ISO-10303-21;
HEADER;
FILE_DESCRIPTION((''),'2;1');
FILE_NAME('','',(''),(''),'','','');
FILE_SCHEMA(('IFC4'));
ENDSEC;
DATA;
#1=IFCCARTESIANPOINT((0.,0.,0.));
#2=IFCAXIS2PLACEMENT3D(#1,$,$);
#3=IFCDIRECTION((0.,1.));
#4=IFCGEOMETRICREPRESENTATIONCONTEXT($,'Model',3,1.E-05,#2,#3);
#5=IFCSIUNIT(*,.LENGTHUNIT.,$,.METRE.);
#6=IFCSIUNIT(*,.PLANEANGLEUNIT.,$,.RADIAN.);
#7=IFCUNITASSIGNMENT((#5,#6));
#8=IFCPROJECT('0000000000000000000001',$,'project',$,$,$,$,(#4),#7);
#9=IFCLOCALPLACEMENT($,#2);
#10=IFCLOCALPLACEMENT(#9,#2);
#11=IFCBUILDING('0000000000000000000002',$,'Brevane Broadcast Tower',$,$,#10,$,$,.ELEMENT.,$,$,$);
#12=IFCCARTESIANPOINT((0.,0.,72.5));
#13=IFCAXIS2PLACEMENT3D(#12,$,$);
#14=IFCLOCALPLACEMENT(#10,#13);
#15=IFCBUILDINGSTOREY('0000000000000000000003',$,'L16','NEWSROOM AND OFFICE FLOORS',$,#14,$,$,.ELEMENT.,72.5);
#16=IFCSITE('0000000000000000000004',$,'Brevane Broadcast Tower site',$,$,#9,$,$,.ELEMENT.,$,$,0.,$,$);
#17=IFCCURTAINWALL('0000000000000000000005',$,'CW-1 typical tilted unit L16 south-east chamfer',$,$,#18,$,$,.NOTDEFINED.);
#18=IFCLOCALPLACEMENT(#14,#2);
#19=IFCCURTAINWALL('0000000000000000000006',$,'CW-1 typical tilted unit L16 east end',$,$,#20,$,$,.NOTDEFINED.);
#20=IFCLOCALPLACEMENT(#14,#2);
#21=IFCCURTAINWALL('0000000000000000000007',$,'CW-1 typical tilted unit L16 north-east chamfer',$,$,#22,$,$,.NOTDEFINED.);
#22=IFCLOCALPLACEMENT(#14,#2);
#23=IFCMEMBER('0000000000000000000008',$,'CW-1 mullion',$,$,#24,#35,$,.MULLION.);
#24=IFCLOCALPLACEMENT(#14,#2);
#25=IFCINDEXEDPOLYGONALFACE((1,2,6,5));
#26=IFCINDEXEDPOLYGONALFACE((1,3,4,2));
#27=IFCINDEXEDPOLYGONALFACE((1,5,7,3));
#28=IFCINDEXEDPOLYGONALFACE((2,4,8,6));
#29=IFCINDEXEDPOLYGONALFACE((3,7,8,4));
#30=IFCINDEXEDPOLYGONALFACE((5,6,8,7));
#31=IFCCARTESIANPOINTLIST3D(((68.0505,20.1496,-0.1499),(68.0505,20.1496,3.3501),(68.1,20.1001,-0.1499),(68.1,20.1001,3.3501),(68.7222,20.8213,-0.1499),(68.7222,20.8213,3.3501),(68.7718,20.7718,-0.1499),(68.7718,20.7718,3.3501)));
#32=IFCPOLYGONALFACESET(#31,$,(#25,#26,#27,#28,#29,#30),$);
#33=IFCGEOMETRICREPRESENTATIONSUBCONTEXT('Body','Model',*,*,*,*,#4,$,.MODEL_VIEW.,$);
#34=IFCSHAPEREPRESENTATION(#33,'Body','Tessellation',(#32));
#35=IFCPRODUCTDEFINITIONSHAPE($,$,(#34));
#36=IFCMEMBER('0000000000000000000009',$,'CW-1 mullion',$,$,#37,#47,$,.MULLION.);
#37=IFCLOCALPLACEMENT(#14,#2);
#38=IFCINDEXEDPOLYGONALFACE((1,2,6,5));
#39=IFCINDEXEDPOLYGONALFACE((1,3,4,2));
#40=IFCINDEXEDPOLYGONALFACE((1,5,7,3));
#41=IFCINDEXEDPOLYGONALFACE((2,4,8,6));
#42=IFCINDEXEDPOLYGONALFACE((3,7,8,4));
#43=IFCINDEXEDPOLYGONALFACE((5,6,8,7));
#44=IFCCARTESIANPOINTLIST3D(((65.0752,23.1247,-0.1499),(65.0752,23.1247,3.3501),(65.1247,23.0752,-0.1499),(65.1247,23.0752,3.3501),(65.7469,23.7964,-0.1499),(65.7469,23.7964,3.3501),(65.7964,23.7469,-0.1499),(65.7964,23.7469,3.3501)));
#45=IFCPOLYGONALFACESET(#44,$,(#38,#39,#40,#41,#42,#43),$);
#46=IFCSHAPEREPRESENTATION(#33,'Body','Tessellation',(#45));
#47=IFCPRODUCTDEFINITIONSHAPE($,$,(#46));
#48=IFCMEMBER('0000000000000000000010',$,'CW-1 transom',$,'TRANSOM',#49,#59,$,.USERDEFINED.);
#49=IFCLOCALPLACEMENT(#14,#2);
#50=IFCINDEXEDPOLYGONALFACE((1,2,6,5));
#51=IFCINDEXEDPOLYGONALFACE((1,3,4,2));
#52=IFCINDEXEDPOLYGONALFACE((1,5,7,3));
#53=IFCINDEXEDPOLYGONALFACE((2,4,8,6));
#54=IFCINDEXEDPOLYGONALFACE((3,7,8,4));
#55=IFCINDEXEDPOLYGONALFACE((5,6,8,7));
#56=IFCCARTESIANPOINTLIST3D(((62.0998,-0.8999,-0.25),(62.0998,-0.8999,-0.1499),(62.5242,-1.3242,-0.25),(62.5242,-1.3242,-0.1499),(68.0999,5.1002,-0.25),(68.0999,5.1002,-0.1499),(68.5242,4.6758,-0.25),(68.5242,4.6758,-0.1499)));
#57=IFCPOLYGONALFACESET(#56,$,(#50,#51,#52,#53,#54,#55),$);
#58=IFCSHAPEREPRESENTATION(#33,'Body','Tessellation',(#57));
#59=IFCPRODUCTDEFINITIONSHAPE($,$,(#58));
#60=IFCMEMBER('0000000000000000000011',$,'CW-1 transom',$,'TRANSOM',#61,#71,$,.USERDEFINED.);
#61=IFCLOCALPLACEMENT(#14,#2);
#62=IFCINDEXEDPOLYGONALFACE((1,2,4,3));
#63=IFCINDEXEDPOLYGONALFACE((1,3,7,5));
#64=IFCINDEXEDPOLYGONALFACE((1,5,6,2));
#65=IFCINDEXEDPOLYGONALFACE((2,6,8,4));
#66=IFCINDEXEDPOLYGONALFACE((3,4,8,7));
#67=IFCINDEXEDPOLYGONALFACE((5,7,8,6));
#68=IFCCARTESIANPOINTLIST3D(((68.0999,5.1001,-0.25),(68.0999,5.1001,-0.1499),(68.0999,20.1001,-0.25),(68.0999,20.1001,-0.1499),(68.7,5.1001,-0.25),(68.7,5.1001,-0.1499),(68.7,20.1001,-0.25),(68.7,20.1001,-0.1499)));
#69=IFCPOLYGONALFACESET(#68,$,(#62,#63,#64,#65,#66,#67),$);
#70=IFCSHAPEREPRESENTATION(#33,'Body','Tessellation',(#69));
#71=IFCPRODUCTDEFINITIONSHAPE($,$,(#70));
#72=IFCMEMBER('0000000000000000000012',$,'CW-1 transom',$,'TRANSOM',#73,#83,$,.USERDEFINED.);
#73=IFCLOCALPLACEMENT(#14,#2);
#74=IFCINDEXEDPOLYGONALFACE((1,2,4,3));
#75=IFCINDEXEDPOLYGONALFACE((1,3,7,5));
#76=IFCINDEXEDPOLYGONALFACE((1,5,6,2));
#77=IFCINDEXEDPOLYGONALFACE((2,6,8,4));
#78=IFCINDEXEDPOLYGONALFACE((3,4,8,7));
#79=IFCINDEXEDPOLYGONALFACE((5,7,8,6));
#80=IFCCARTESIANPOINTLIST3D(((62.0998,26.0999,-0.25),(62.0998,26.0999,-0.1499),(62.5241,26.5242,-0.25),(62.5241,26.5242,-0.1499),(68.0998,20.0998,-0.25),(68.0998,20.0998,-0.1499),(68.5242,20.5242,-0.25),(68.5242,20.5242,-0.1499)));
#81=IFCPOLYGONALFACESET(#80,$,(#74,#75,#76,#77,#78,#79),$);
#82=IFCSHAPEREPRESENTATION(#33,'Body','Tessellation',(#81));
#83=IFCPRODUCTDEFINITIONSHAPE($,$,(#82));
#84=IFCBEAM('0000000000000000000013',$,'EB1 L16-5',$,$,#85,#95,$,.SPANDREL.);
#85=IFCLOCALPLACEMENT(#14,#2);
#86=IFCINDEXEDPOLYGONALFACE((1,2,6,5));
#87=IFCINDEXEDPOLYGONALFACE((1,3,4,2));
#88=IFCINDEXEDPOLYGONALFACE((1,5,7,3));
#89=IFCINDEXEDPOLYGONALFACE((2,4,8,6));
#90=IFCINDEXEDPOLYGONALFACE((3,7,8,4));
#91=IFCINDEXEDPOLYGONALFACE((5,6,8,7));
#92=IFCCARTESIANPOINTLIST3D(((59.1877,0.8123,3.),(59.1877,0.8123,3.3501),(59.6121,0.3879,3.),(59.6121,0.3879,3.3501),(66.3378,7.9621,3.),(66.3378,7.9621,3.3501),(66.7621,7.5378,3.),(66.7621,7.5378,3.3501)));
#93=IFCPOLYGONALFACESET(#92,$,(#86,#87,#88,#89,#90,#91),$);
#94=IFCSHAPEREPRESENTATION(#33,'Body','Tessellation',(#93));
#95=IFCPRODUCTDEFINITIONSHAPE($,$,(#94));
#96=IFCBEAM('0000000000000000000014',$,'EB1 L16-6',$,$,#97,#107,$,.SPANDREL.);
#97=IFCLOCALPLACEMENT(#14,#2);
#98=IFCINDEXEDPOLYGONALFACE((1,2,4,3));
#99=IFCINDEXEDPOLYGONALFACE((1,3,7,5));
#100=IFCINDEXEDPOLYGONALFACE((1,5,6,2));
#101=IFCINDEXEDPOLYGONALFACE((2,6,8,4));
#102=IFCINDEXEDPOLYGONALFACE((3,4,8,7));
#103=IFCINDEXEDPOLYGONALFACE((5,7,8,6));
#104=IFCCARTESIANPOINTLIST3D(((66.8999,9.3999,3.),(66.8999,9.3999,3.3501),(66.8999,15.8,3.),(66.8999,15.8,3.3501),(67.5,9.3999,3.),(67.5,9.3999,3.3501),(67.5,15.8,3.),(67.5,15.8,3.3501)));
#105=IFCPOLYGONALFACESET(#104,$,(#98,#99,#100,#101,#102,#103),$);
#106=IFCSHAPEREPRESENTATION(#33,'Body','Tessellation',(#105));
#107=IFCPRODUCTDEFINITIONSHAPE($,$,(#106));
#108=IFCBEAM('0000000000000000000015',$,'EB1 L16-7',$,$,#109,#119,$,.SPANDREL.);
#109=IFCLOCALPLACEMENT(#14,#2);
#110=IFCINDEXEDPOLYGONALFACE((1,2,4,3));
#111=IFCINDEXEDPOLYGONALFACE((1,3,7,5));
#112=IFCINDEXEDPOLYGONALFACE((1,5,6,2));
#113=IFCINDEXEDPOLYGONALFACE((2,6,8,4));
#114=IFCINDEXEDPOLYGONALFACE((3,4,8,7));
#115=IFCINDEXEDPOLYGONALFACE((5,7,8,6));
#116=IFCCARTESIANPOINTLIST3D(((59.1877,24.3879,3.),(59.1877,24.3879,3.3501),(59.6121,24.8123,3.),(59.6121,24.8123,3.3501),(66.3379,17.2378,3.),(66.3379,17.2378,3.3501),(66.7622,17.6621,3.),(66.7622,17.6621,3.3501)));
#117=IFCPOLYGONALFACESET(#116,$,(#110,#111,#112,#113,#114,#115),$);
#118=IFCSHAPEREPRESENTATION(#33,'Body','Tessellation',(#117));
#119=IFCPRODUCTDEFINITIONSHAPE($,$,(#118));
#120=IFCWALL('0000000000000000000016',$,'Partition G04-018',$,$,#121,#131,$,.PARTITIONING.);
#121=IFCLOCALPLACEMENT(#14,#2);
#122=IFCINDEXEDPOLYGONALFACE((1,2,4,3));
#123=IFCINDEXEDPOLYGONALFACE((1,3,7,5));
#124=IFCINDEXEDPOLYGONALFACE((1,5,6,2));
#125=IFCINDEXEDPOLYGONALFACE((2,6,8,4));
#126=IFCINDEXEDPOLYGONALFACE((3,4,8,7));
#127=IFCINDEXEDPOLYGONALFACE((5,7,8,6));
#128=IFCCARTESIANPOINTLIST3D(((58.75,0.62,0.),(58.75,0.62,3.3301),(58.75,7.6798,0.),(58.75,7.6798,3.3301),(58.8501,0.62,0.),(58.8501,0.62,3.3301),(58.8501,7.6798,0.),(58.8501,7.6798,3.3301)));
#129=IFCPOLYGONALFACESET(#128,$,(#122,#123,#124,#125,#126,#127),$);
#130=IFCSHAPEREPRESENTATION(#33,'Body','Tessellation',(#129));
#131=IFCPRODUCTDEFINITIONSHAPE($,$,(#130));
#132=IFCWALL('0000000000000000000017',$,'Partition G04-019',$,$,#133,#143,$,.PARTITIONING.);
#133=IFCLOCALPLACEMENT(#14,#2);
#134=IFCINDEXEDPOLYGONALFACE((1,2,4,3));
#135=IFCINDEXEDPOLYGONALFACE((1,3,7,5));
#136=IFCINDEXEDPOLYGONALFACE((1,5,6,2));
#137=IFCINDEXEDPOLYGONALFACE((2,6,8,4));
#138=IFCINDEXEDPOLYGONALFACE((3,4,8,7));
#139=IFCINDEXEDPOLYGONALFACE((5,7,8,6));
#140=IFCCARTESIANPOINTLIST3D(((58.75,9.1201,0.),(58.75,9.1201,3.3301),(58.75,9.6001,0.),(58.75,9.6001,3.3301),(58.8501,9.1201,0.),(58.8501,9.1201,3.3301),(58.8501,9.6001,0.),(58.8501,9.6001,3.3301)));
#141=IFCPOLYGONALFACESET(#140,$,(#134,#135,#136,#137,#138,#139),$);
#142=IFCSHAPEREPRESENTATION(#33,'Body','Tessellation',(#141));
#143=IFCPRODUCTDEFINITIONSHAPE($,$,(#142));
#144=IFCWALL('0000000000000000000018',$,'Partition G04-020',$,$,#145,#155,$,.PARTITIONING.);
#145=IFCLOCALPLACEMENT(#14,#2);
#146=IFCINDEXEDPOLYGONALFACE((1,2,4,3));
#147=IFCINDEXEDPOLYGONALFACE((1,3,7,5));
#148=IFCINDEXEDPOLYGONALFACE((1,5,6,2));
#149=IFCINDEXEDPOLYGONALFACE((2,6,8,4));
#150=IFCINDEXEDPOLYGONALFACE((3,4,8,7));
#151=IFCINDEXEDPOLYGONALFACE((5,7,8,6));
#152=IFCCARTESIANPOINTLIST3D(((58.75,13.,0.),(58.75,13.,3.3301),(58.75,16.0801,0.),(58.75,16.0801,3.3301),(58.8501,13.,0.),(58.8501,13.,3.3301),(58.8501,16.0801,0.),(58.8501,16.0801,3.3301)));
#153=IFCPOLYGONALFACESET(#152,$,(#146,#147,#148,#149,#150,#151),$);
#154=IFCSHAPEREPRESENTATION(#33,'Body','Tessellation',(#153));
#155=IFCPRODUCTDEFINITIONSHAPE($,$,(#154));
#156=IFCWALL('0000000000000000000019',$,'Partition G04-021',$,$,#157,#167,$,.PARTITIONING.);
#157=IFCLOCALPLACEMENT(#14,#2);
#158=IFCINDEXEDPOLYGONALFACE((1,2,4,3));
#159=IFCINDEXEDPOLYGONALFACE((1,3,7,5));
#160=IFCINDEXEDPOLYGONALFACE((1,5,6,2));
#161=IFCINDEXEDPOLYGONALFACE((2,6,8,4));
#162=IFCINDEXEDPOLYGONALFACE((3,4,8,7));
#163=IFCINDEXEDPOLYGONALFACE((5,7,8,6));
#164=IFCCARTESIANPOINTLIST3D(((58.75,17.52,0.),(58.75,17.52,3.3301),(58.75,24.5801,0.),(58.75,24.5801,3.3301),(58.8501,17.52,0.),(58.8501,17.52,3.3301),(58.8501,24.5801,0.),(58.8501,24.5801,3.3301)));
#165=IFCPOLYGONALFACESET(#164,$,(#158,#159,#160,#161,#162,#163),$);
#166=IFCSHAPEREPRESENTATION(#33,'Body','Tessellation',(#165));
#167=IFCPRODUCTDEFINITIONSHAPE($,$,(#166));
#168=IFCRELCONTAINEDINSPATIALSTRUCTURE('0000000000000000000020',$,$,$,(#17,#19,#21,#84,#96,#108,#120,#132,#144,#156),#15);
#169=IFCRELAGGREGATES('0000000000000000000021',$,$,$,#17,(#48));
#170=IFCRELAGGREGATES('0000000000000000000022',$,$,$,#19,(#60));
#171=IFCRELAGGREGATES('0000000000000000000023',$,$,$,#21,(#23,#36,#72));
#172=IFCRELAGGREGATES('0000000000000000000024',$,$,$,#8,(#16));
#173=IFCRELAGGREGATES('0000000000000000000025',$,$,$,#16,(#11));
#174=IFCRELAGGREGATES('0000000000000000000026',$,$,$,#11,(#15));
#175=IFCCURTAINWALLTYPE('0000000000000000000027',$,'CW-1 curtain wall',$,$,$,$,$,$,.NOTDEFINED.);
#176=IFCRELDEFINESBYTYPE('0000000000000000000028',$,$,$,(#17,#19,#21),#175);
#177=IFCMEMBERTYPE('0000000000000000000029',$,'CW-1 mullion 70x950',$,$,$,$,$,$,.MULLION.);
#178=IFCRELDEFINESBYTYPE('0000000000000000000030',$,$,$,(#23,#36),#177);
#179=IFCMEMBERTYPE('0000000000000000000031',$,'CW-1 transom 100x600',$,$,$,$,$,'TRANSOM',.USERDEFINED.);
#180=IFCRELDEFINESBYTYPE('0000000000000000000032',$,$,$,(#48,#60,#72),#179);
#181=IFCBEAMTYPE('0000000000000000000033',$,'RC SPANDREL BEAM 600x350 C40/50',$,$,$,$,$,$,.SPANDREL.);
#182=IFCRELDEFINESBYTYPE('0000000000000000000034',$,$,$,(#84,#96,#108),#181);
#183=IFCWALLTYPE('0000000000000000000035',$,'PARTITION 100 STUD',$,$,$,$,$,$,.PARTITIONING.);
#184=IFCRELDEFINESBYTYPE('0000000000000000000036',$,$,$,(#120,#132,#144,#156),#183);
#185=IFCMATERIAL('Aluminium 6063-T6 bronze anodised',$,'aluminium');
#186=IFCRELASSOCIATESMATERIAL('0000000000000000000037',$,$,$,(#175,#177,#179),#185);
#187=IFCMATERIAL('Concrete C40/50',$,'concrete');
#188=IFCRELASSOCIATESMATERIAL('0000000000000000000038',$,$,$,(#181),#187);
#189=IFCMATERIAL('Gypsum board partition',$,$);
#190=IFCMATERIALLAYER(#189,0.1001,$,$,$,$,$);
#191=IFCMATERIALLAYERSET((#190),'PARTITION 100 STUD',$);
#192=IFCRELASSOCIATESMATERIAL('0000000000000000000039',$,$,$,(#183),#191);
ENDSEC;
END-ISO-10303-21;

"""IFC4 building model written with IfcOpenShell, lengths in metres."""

from ifc_helpers import new_model, si_unit, direction, frame, frame_2d, origin, origin_2d, place, context, subcontext, project, spatial, rectangle, extrude, material, layer, layer_set, material_profile, profile_set, type_object, element, aggregate, save


model = new_model("IFC4")

# Units and contexts
model_context = context("Model", 3, precision=1e-05, world=origin(), true_north=direction((0.0, 1.0)))
body_context = subcontext(model_context, "Body", "Model", "MODEL_VIEW")
ifc_project = project(units=[si_unit("LENGTHUNIT", "METRE"), si_unit("PLANEANGLEUNIT", "RADIAN")], contexts=[model_context])

# Site, building, storey
site_placement = place(None, origin())
site = spatial("IfcSite", under=ifc_project, at=site_placement, Name="Brevane Broadcast Tower site", CompositionType="ELEMENT", RefElevation=0.0)
building_placement = place(site_placement, origin())
building = spatial("IfcBuilding", under=site, at=building_placement, Name="Brevane Broadcast Tower", CompositionType="ELEMENT")
storey_placement = place(building_placement, frame((0.0, 0.0, 72.5)))
storey = spatial("IfcBuildingStorey", under=building, at=storey_placement, Name="L16", Description="NEWSROOM AND OFFICE FLOORS", CompositionType="ELEMENT", Elevation=72.5)

# Curtain walls, members
ifc_material_1 = material(Name="Aluminium 6063-T6 bronze anodised", Category="aluminium")
curtain_wall_type = type_object("IfcCurtainWallType", Name="CW-1 curtain wall", PredefinedType="NOTDEFINED", material=ifc_material_1)
ifc_material_profile_1 = material_profile(ifc_material_1, rectangle(XDim=0.95, YDim=0.0701, at=origin_2d()), Name="RECT 70x950")
ifc_profile_set_1 = profile_set([ifc_material_profile_1], Name="Aluminium 6063-T6 bronze anodised")
member_type_1 = type_object("IfcMemberType", Name="CW-1 mullion 70x950", PredefinedType="MULLION", material=ifc_profile_set_1)
curtain_wall_1_placement = place(storey_placement, origin())
curtain_wall_1 = element("IfcCurtainWall", 1, at=curtain_wall_1_placement, inside=storey, type_object=curtain_wall_type, Name="CW-1 typical tilted unit L16 south-east chamfer", PredefinedType="NOTDEFINED")
curtain_wall_2_placement = place(storey_placement, origin())
curtain_wall_2 = element("IfcCurtainWall", 2, at=curtain_wall_2_placement, inside=storey, type_object=curtain_wall_type, Name="CW-1 typical tilted unit L16 east end", PredefinedType="NOTDEFINED")
curtain_wall_3_placement = place(storey_placement, origin())
curtain_wall_3 = element("IfcCurtainWall", 3, at=curtain_wall_3_placement, inside=storey, type_object=curtain_wall_type, Name="CW-1 typical tilted unit L16 north-east chamfer", PredefinedType="NOTDEFINED")
member_1_placement = place(storey_placement, frame((68.4111, 20.4607, -0.1499), z_axis=(0.0, 0.0, 1.0), x_axis=(-0.707107, -0.707107, 0.0)))
member_1 = element("IfcMember", 4, at=member_1_placement, type_object=member_type_1, Name="CW-1 mullion", PredefinedType="MULLION", context=body_context, shape_type="SweptSolid", body=[
    extrude(rectangle(XDim=0.95, YDim=0.0701, at=origin_2d()), origin(), (0.0, 0.0, 1.0), 3.5),
])
member_2_placement = place(storey_placement, frame((65.4358, 23.4358, -0.1499), z_axis=(0.0, 0.0, 1.0), x_axis=(-0.707107, -0.707107, 0.0)))
member_2 = element("IfcMember", 5, at=member_2_placement, type_object=member_type_1, Name="CW-1 mullion", PredefinedType="MULLION", context=body_context, shape_type="SweptSolid", body=[
    extrude(rectangle(XDim=0.95, YDim=0.0701, at=origin_2d()), origin(), (0.0, 0.0, 1.0), 3.5),
])

# Members
ifc_material_profile_2 = material_profile(ifc_material_1, rectangle(XDim=0.6001, YDim=0.1001, at=origin_2d()), Name="RECT 100x600")
ifc_profile_set_2 = profile_set([ifc_material_profile_2], Name="Aluminium 6063-T6 bronze anodised")
member_type_2 = type_object("IfcMemberType", Name="CW-1 transom 100x600", ElementType="TRANSOM", PredefinedType="USERDEFINED", material=ifc_profile_set_2)
member_3_placement = place(storey_placement, frame((62.312, -1.1121, -0.2), z_axis=(0.707107, 0.707107, 0.0), x_axis=(-0.707107, 0.707107, 0.0)))
member_3 = element("IfcMember", 6, at=member_3_placement, type_object=member_type_2, Name="CW-1 transom", ObjectType="TRANSOM", PredefinedType="USERDEFINED", context=body_context, shape_type="SweptSolid", body=[
    extrude(rectangle(XDim=0.6001, YDim=0.1001, at=origin_2d()), origin(), (0.0, 0.0, 1.0), 8.4854),
])
aggregate(curtain_wall_1, [member_3])
member_4_placement = place(storey_placement, frame((68.3999, 5.1001, -0.2), z_axis=(0.0, 1.0, 0.0), x_axis=(-1.0, 0.0, 0.0)))
member_4 = element("IfcMember", 7, at=member_4_placement, type_object=member_type_2, Name="CW-1 transom", ObjectType="TRANSOM", PredefinedType="USERDEFINED", context=body_context, shape_type="SweptSolid", body=[
    extrude(rectangle(XDim=0.6001, YDim=0.1001, at=origin_2d()), origin(), (0.0, 0.0, 1.0), 15.0),
])
aggregate(curtain_wall_2, [member_4])
member_5_placement = place(storey_placement, frame((68.312, 20.312, -0.2), z_axis=(-0.707107, 0.707107, 0.0), x_axis=(-0.707107, -0.707107, 0.0)))
member_5 = element("IfcMember", 8, at=member_5_placement, type_object=member_type_2, Name="CW-1 transom", ObjectType="TRANSOM", PredefinedType="USERDEFINED", context=body_context, shape_type="SweptSolid", body=[
    extrude(rectangle(XDim=0.6001, YDim=0.1001, at=origin_2d()), origin(), (0.0, 0.0, 1.0), 8.4854),
])
aggregate(curtain_wall_3, [member_1, member_2, member_5])

# Beams
ifc_material_2 = material(Name="Concrete C40/50", Category="concrete")
ifc_material_profile_3 = material_profile(ifc_material_2, rectangle(XDim=0.6001, YDim=0.3501, at=origin_2d()), Name="RC 600x350")
ifc_profile_set_3 = profile_set([ifc_material_profile_3], Name="Concrete C40/50")
beam_type = type_object("IfcBeamType", Name="RC SPANDREL BEAM 600x350 C40/50", PredefinedType="SPANDREL", material=ifc_profile_set_3)
beam_1_placement = place(storey_placement, frame((59.3999, 0.6001, 3.175), z_axis=(0.707119, 0.707095, 0.0), x_axis=(-0.707095, 0.707119, 0.0)))
element("IfcBeam", 9, at=beam_1_placement, inside=storey, type_object=beam_type, Name="EB1 L16-5", PredefinedType="SPANDREL", context=body_context, shape_type="SweptSolid", body=[
    extrude(rectangle(XDim=0.6001, YDim=0.3501, at=origin_2d()), origin(), (0.0, 0.0, 1.0), 10.1116),
])
beam_2_placement = place(storey_placement, frame((67.2, 9.3999, 3.175), z_axis=(0.0, 1.0, 0.0), x_axis=(-1.0, 0.0, 0.0)))
element("IfcBeam", 10, at=beam_2_placement, inside=storey, type_object=beam_type, Name="EB1 L16-6", PredefinedType="SPANDREL", context=body_context, shape_type="SweptSolid", body=[
    extrude(rectangle(XDim=0.6001, YDim=0.3501, at=origin_2d()), origin(), (0.0, 0.0, 1.0), 6.4001),
])
beam_3_placement = place(storey_placement, frame((66.55, 17.45, 3.175), z_axis=(-0.707107, 0.707107, 0.0), x_axis=(-0.707107, -0.707107, 0.0)))
element("IfcBeam", 11, at=beam_3_placement, inside=storey, type_object=beam_type, Name="EB1 L16-7", PredefinedType="SPANDREL", context=body_context, shape_type="SweptSolid", body=[
    extrude(rectangle(XDim=0.6001, YDim=0.3501, at=origin_2d()), origin(), (0.0, 0.0, 1.0), 10.1118),
])

# Walls
ifc_material_3 = material(Name="Gypsum board partition")
ifc_layer_1 = layer(ifc_material_3, 0.1001)
ifc_layer_set_1 = layer_set([ifc_layer_1], Name="PARTITION 100 STUD")
wall_type_1 = type_object("IfcWallType", Name="PARTITION 100 STUD", PredefinedType="PARTITIONING", material=ifc_layer_set_1)
wall_1_placement = place(storey_placement, frame((58.8, 0.6201, 0.0), z_axis=(0.0, 0.0, 1.0), x_axis=(0.0, 1.0, 0.0)))
element("IfcWall", 12, at=wall_1_placement, inside=storey, type_object=wall_type_1, Name="Partition G04-018", PredefinedType="PARTITIONING", context=body_context, shape_type="SweptSolid", body=[
    extrude(rectangle(XDim=7.0598, YDim=0.1001, at=frame_2d((3.5298, 0.0))), origin(), (0.0, 0.0, 1.0), 3.3301),
])
wall_2_placement = place(storey_placement, frame((58.8, 9.1201, 0.0), z_axis=(0.0, 0.0, 1.0), x_axis=(0.0, 1.0, 0.0)))
element("IfcWall", 13, at=wall_2_placement, inside=storey, type_object=wall_type_1, Name="Partition G04-019", PredefinedType="PARTITIONING", context=body_context, shape_type="SweptSolid", body=[
    extrude(rectangle(XDim=0.48, YDim=0.1001, at=frame_2d((0.24, 0.0))), origin(), (0.0, 0.0, 1.0), 3.3301),
])
wall_3_placement = place(storey_placement, frame((58.8, 13.0, 0.0), z_axis=(0.0, 0.0, 1.0), x_axis=(0.0, 1.0, 0.0)))
element("IfcWall", 14, at=wall_3_placement, inside=storey, type_object=wall_type_1, Name="Partition G04-020", PredefinedType="PARTITIONING", context=body_context, shape_type="SweptSolid", body=[
    extrude(rectangle(XDim=3.0801, YDim=0.1001, at=frame_2d((1.54, 0.0))), origin(), (0.0, 0.0, 1.0), 3.3301),
])
wall_4_placement = place(storey_placement, frame((58.8, 17.52, 0.0), z_axis=(0.0, 0.0, 1.0), x_axis=(0.0, 1.0, 0.0)))
element("IfcWall", 15, at=wall_4_placement, inside=storey, type_object=wall_type_1, Name="Partition G04-021", PredefinedType="PARTITIONING", context=body_context, shape_type="SweptSolid", body=[
    extrude(rectangle(XDim=7.0601, YDim=0.1001, at=frame_2d((3.53, 0.0))), origin(), (0.0, 0.0, 1.0), 3.3301),
])

save(model, "model.ifc")
